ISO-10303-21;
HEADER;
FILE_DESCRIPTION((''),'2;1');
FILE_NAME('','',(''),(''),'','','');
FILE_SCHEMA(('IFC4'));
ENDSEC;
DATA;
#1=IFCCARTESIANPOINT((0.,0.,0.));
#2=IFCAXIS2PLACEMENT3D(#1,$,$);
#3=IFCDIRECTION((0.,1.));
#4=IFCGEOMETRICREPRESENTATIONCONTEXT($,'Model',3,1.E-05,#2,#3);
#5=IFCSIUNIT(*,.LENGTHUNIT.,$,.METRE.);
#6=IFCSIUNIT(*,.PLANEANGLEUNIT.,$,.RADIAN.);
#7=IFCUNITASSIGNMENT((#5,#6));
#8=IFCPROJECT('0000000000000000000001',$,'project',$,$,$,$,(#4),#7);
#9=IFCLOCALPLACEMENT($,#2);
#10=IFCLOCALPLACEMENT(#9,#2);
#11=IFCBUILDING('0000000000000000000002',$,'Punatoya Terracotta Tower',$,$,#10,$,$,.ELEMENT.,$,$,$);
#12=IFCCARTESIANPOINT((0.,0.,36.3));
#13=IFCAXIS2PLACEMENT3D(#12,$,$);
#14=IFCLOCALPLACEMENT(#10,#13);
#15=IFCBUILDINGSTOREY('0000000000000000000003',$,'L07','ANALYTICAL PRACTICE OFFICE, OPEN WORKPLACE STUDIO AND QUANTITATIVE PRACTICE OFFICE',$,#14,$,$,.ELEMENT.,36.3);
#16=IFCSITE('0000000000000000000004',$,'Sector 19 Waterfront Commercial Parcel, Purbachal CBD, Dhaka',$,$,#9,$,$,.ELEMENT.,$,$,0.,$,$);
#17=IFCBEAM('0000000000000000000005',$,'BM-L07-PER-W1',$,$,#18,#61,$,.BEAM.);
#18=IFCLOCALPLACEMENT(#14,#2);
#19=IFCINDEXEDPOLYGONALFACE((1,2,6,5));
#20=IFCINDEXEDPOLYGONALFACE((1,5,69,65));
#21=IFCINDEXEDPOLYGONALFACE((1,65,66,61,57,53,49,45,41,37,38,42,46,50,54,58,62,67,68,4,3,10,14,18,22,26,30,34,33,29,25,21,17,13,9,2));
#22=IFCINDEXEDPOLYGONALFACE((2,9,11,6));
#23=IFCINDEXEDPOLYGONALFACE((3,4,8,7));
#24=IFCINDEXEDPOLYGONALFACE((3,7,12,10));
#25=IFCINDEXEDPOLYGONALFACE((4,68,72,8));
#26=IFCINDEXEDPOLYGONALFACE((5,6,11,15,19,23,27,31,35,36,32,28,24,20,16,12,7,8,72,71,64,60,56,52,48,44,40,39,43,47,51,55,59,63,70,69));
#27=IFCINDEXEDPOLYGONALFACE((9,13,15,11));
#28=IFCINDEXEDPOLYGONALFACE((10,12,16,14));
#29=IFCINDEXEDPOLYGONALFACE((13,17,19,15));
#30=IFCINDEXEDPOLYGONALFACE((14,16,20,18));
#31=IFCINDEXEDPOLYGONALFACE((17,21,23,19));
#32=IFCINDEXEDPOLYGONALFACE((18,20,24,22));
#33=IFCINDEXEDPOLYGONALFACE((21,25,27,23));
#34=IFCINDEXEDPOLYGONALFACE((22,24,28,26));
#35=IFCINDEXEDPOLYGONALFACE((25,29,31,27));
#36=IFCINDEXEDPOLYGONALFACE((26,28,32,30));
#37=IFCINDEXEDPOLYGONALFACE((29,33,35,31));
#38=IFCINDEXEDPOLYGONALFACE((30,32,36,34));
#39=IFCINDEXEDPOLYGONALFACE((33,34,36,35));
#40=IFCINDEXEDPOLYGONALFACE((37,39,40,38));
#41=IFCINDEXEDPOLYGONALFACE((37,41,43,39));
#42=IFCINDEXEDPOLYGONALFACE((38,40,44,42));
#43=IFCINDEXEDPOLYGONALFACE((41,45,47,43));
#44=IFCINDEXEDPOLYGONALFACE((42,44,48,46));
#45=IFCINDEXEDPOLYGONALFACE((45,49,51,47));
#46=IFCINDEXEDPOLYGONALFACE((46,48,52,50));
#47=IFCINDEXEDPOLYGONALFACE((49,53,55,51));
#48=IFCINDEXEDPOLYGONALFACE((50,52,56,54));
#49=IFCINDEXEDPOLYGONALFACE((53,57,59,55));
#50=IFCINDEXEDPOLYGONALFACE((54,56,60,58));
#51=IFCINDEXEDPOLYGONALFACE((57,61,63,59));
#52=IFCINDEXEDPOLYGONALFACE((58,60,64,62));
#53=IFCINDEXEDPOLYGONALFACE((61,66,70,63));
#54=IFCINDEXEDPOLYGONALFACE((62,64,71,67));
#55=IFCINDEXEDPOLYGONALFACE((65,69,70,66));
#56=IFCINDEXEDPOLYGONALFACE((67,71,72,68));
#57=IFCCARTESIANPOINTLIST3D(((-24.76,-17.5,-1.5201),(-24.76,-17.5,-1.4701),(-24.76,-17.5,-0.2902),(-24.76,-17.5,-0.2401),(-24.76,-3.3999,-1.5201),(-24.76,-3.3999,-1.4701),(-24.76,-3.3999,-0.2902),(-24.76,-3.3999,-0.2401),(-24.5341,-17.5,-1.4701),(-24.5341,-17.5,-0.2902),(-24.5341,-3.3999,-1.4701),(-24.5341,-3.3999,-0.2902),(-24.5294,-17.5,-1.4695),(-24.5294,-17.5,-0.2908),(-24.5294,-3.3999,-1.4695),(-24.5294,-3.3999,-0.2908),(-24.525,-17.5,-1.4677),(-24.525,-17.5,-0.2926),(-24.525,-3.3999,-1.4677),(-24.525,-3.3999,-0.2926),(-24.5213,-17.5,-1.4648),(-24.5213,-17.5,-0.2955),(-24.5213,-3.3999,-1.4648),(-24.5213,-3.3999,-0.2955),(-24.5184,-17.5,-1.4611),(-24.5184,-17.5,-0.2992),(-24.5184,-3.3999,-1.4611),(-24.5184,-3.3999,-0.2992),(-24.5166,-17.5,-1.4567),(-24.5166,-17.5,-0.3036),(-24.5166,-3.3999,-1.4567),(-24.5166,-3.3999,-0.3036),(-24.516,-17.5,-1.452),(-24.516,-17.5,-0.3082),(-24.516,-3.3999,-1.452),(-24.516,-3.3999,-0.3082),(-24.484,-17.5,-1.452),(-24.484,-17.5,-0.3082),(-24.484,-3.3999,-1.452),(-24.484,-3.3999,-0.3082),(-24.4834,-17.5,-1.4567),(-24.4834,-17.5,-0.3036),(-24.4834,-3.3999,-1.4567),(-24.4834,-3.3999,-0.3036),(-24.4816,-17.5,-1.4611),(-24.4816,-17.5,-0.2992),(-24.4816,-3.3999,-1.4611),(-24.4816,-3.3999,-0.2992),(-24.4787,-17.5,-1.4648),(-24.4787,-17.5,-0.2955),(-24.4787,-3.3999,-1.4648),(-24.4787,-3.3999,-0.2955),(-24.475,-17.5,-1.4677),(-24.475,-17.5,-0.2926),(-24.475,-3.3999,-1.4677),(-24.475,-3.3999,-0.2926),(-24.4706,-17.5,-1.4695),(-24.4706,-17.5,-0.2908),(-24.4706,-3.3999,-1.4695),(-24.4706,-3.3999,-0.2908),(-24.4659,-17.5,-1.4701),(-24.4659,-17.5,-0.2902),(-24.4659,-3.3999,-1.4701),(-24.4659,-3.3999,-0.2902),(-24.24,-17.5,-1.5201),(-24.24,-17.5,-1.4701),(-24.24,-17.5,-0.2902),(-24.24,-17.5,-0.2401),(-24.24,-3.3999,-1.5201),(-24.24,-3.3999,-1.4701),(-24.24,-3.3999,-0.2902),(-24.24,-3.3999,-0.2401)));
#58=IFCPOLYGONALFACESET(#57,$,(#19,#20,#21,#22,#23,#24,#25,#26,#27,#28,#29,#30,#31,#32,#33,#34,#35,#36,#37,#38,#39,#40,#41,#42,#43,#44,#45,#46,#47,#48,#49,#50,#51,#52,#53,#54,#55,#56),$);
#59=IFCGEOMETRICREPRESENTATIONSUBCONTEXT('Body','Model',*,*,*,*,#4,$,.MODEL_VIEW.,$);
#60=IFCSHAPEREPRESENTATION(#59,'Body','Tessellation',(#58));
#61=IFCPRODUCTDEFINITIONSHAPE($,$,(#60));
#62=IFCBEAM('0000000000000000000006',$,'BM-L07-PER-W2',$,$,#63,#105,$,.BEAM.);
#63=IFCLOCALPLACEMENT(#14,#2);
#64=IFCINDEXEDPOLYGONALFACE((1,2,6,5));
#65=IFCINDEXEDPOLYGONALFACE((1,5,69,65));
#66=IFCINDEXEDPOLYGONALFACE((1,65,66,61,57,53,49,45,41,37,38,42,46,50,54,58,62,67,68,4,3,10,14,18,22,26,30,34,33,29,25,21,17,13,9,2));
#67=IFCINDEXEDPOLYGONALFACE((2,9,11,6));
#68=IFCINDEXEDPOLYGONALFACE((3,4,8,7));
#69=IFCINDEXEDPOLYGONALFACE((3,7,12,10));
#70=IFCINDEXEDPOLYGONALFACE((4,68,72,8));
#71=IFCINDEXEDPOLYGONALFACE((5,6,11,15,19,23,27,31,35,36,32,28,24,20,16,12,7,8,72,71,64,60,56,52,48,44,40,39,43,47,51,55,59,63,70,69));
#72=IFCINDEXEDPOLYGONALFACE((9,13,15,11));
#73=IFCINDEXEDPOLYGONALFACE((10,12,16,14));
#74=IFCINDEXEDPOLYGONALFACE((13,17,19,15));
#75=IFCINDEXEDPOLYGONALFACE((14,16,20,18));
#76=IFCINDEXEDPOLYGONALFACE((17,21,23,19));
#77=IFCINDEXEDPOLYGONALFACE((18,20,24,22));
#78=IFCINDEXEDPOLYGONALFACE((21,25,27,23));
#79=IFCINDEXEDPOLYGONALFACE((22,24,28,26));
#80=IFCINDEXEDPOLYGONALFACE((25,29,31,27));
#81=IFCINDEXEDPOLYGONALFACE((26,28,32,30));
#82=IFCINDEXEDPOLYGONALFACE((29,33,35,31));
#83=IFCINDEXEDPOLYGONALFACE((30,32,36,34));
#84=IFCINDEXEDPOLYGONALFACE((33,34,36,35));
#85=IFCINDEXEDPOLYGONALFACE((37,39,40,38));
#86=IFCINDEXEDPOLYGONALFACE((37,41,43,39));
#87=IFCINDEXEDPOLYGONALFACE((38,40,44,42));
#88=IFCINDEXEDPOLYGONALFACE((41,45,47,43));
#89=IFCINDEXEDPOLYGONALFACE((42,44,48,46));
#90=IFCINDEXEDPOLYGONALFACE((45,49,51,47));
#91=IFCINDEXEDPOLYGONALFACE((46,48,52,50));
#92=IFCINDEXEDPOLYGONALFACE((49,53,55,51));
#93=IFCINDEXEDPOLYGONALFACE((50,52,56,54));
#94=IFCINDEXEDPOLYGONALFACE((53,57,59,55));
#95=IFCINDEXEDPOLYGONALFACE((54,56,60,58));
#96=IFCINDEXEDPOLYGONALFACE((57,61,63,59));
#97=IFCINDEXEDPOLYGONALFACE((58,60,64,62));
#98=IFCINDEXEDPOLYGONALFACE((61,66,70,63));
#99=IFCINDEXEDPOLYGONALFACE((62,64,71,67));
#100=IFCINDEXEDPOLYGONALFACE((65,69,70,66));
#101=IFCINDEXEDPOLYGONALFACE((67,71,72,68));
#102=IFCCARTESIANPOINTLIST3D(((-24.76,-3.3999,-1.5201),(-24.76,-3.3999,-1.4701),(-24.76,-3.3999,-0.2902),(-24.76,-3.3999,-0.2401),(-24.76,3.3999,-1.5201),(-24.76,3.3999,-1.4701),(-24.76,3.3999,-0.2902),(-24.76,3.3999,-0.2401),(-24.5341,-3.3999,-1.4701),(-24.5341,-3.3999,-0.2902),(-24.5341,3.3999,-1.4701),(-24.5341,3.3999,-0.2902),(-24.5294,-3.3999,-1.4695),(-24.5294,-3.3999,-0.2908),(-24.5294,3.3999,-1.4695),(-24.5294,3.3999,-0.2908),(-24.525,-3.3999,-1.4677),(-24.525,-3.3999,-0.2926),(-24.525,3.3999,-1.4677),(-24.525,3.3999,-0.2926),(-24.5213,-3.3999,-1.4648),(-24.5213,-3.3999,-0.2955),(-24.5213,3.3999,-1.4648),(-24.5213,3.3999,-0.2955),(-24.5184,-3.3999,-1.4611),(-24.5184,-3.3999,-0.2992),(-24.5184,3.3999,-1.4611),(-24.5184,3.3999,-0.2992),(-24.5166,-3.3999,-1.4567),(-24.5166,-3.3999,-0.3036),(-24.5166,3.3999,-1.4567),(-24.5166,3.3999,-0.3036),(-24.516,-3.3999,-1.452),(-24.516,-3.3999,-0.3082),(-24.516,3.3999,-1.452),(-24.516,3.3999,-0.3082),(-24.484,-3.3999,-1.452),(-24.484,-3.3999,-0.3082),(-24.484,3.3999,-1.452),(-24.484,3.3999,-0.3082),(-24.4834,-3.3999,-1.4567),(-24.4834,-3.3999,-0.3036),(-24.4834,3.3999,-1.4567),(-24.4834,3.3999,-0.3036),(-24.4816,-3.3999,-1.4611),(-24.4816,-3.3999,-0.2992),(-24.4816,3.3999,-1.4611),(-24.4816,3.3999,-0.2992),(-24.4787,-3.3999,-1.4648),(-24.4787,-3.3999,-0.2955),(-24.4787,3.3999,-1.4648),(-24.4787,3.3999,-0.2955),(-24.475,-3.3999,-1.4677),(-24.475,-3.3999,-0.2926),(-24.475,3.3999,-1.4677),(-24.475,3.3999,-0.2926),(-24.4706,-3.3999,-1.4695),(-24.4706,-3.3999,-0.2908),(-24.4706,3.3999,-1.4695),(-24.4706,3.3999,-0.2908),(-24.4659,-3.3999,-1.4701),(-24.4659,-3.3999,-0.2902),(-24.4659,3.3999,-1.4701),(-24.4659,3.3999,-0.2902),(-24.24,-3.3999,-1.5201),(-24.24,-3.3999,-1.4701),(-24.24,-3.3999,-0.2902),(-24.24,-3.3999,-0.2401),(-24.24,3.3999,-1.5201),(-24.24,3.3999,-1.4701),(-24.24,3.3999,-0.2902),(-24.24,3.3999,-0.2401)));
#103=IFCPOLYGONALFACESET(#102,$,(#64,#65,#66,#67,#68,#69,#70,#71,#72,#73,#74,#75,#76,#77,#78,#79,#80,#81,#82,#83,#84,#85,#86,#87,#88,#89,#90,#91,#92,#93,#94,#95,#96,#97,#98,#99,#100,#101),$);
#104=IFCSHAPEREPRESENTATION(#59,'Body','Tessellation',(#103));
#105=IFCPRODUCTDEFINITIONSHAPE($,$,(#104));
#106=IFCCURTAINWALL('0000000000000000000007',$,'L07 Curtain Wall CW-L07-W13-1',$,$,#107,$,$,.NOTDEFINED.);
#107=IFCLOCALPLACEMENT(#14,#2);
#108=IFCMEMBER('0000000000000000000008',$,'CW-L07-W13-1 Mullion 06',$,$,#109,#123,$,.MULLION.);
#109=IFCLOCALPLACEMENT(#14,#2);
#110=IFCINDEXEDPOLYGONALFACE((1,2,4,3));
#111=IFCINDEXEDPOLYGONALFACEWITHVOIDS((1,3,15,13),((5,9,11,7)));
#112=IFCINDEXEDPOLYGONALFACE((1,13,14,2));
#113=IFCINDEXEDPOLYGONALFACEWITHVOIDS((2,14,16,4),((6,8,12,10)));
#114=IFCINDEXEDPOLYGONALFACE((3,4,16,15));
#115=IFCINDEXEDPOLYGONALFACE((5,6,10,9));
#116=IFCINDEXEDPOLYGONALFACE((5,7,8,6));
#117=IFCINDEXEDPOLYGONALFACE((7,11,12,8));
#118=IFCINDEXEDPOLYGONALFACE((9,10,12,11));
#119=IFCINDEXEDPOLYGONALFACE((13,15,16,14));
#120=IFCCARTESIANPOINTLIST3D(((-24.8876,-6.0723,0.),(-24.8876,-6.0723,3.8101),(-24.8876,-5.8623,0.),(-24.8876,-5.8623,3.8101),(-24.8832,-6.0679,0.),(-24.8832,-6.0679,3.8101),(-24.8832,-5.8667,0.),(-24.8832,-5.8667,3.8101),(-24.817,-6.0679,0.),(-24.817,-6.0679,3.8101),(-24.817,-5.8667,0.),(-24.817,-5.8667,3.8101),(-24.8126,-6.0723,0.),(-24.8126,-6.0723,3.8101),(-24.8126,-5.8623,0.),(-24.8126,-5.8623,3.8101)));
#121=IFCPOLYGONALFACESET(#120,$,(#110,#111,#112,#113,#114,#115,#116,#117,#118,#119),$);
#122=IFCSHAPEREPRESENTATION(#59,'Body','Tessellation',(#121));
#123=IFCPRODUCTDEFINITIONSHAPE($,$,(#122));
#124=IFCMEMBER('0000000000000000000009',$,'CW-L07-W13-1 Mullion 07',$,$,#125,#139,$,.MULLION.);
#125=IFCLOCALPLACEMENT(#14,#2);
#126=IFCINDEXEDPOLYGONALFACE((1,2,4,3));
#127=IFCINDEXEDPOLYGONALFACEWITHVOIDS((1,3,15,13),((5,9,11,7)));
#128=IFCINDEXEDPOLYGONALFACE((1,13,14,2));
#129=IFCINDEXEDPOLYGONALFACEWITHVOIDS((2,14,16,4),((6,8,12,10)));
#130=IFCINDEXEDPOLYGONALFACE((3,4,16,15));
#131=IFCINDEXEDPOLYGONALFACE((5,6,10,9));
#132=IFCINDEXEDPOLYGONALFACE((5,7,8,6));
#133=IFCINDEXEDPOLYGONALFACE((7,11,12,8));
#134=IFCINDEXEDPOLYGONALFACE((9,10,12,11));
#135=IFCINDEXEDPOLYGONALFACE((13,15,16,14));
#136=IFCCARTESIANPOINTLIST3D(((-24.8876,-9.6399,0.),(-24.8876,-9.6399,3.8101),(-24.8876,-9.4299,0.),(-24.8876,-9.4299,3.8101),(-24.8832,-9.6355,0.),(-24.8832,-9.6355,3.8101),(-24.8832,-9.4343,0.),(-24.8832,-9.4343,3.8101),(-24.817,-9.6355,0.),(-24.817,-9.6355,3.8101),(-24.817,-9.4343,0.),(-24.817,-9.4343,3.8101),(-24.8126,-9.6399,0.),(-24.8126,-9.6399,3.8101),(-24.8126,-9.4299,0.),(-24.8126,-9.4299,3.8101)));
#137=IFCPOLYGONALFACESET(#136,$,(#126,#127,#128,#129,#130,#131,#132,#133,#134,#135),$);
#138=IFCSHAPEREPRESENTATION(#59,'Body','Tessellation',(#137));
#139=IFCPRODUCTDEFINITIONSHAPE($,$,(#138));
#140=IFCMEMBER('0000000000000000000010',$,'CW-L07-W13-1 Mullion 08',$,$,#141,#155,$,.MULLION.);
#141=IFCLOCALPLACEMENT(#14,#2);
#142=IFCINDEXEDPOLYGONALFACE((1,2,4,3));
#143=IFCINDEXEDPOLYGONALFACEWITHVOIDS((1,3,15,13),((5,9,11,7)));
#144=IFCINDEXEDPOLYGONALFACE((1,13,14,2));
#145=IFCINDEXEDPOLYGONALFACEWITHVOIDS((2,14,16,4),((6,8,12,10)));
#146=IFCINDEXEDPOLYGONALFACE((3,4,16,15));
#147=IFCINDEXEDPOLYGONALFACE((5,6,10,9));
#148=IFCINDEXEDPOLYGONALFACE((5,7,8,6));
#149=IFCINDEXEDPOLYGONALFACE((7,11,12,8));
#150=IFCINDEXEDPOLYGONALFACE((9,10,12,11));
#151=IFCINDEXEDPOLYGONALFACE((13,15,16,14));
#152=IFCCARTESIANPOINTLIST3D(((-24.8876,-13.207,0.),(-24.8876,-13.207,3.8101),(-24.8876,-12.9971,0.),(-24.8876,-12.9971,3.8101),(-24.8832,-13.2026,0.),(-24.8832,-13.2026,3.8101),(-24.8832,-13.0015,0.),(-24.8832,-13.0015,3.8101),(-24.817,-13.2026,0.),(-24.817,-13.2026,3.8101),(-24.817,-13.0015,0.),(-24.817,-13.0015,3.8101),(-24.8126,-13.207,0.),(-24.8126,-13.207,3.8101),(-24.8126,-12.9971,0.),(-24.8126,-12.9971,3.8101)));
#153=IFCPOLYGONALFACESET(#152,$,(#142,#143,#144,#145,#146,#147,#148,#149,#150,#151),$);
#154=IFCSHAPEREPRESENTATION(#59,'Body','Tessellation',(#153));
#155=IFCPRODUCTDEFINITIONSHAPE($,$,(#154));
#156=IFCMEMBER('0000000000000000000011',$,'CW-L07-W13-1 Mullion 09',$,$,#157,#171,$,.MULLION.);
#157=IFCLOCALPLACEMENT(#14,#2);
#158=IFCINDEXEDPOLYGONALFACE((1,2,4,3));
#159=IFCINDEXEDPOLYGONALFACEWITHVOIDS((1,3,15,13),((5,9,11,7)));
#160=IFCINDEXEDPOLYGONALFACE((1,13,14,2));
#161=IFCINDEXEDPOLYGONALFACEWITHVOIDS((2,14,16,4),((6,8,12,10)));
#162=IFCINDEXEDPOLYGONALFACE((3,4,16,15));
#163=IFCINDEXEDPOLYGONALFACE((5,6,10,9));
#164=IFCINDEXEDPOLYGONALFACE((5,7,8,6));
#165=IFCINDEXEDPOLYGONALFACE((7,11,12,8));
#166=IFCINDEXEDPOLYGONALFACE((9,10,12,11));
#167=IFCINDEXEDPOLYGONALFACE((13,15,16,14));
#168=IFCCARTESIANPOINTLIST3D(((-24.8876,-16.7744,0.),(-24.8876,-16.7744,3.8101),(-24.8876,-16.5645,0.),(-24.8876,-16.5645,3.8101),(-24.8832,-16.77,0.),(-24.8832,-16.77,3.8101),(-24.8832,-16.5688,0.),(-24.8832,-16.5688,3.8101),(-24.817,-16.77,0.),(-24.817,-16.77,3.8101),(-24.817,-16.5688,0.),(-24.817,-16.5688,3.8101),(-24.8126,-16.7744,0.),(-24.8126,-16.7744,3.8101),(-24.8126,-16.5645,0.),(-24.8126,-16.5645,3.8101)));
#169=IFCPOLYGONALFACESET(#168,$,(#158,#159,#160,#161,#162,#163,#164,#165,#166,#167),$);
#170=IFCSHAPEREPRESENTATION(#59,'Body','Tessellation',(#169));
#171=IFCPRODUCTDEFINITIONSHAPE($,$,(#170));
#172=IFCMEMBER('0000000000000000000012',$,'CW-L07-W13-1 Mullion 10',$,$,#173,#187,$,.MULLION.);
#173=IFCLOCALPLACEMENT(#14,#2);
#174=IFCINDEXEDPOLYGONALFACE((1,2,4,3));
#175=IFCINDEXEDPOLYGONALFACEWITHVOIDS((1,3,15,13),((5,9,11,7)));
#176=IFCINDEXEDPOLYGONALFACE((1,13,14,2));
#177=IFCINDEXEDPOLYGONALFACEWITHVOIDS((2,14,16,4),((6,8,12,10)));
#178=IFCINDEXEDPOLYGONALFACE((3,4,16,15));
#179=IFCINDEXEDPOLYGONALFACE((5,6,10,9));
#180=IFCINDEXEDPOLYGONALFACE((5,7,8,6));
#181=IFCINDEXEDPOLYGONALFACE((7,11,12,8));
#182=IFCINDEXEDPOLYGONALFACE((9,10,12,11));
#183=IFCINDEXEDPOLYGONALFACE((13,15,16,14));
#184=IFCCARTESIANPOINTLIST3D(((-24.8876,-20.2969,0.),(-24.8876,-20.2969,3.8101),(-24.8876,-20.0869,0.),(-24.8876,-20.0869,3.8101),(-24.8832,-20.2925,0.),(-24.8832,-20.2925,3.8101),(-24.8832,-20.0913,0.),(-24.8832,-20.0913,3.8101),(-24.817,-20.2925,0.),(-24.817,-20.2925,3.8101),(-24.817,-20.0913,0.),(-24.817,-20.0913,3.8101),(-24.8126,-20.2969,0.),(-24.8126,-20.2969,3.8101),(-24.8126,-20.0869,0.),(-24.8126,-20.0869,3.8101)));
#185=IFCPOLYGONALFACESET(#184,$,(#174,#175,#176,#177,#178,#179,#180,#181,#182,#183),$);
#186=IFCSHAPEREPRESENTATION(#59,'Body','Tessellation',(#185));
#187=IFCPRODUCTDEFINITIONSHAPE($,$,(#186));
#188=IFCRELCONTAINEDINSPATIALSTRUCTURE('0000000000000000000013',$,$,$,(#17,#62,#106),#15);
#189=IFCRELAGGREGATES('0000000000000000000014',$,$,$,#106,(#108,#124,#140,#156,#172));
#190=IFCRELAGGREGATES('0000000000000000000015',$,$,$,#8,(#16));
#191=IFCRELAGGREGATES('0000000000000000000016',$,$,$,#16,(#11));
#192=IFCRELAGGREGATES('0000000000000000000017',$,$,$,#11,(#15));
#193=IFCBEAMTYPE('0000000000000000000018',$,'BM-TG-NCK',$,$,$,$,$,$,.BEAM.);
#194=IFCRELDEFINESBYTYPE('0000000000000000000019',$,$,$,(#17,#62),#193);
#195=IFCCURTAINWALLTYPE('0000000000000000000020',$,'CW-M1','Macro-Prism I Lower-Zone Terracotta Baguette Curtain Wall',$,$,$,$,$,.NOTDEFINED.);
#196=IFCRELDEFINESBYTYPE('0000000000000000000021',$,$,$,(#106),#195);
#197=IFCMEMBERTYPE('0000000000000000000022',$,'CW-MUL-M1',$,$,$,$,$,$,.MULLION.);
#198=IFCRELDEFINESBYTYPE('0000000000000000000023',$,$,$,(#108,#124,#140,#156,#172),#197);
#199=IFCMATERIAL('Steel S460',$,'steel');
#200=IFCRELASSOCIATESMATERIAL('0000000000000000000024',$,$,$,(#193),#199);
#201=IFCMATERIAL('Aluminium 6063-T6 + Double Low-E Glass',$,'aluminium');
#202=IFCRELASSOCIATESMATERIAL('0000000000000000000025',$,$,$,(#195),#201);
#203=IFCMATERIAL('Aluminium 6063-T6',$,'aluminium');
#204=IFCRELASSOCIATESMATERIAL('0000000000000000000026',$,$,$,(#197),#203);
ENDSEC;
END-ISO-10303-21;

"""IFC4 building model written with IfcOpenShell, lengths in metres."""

from ifc_helpers import new_model, si_unit, direction, frame, origin, origin_2d, place, context, subcontext, project, spatial, hollow_rectangle, i_section, extrude, material, material_profile, profile_set, type_object, element, aggregate, save


model = new_model("IFC4")

# Units and contexts
model_context = context("Model", 3, precision=1e-05, world=origin(), true_north=direction((0.0, 1.0)))
body_context = subcontext(model_context, "Body", "Model", "MODEL_VIEW")
ifc_project = project(units=[si_unit("LENGTHUNIT", "METRE"), si_unit("PLANEANGLEUNIT", "RADIAN")], contexts=[model_context])

# Site, building, storey
site_placement = place(None, origin())
site = spatial("IfcSite", under=ifc_project, at=site_placement, Name="Sector 19 Waterfront Commercial Parcel, Purbachal CBD, Dhaka", CompositionType="ELEMENT", RefElevation=0.0)
building_placement = place(site_placement, origin())
building = spatial("IfcBuilding", under=site, at=building_placement, Name="Punatoya Terracotta Tower", CompositionType="ELEMENT")
storey_placement = place(building_placement, frame((0.0, 0.0, 36.3)))
storey = spatial("IfcBuildingStorey", under=building, at=storey_placement, Name="L07", Description="ANALYTICAL PRACTICE OFFICE, OPEN WORKPLACE STUDIO AND QUANTITATIVE PRACTICE OFFICE", CompositionType="ELEMENT", Elevation=36.3)

# Shared definitions
ifc_material_1 = material(Name="Steel S460", Category="steel")

# Beams
ifc_material_profile_1 = material_profile(ifc_material_1, i_section(OverallWidth=0.52, OverallDepth=1.28, WebThickness=0.032, FlangeThickness=0.05, FilletRadius=0.0181, at=origin_2d()))
ifc_profile_set_1 = profile_set([ifc_material_profile_1], Name="Steel S460")
beam_type_1 = type_object("IfcBeamType", Name="BM-TG-NCK", PredefinedType="BEAM", material=ifc_profile_set_1)
beam_1_placement = place(storey_placement, frame((-24.5, -17.5, -0.8801), z_axis=(0.0, 1.0, 0.0), x_axis=(-1.0, 0.0, 0.0)))
element("IfcBeam", 1, at=beam_1_placement, inside=storey, type_object=beam_type_1, Name="BM-L07-PER-W1", PredefinedType="BEAM", context=body_context, shape_type="SweptSolid", body=[
    extrude(i_section(OverallWidth=0.52, OverallDepth=1.28, WebThickness=0.032, FlangeThickness=0.05, FilletRadius=0.0181, at=origin_2d()), origin(), (0.0, 0.0, 1.0), 14.1001),
])
beam_2_placement = place(storey_placement, frame((-24.5, -3.3999, -0.8801), z_axis=(0.0, 1.0, 0.0), x_axis=(-1.0, 0.0, 0.0)))
element("IfcBeam", 2, at=beam_2_placement, inside=storey, type_object=beam_type_1, Name="BM-L07-PER-W2", PredefinedType="BEAM", context=body_context, shape_type="SweptSolid", body=[
    extrude(i_section(OverallWidth=0.52, OverallDepth=1.28, WebThickness=0.032, FlangeThickness=0.05, FilletRadius=0.0181, at=origin_2d()), origin(), (0.0, 0.0, 1.0), 6.7998),
])

# Curtain wall, members
ifc_material_2 = material(Name="Aluminium 6063-T6 + Double Low-E Glass", Category="aluminium")
curtain_wall_type = type_object("IfcCurtainWallType", Name="CW-M1", Description="Macro-Prism I Lower-Zone Terracotta Baguette Curtain Wall", PredefinedType="NOTDEFINED", material=ifc_material_2)
curtain_wall_1_placement = place(storey_placement, origin())
curtain_wall_1 = element("IfcCurtainWall", 3, at=curtain_wall_1_placement, inside=storey, type_object=curtain_wall_type, Name="L07 Curtain Wall CW-L07-W13-1", PredefinedType="NOTDEFINED")
ifc_material_3 = material(Name="Aluminium 6063-T6", Category="aluminium")
ifc_material_profile_2 = material_profile(ifc_material_3, hollow_rectangle(XDim=0.075, YDim=0.21, WallThickness=0.0044, at=origin_2d()))
ifc_profile_set_2 = profile_set([ifc_material_profile_2], Name="Aluminium 6063-T6")
member_type_1 = type_object("IfcMemberType", Name="CW-MUL-M1", PredefinedType="MULLION", material=ifc_profile_set_2)
member_1_placement = place(storey_placement, frame((-24.8501, -5.9673, 0.0), z_axis=(0.0, 0.0, 1.0), x_axis=(1.0, 0.0, 0.0)))
member_1 = element("IfcMember", 4, at=member_1_placement, type_object=member_type_1, Name="CW-L07-W13-1 Mullion 06", PredefinedType="MULLION", context=body_context, shape_type="SweptSolid", body=[
    extrude(hollow_rectangle(XDim=0.075, YDim=0.21, WallThickness=0.0044, at=origin_2d()), origin(), (0.0, 0.0, 1.0), 3.8101),
])
member_2_placement = place(storey_placement, frame((-24.8501, -9.5349, 0.0), z_axis=(0.0, 0.0, 1.0), x_axis=(1.0, 0.0, 0.0)))
member_2 = element("IfcMember", 5, at=member_2_placement, type_object=member_type_1, Name="CW-L07-W13-1 Mullion 07", PredefinedType="MULLION", context=body_context, shape_type="SweptSolid", body=[
    extrude(hollow_rectangle(XDim=0.075, YDim=0.21, WallThickness=0.0044, at=origin_2d()), origin(), (0.0, 0.0, 1.0), 3.8101),
])
member_3_placement = place(storey_placement, frame((-24.8501, -13.1021, 0.0), z_axis=(0.0, 0.0, 1.0), x_axis=(1.0, 0.0, 0.0)))
member_3 = element("IfcMember", 6, at=member_3_placement, type_object=member_type_1, Name="CW-L07-W13-1 Mullion 08", PredefinedType="MULLION", context=body_context, shape_type="SweptSolid", body=[
    extrude(hollow_rectangle(XDim=0.075, YDim=0.21, WallThickness=0.0044, at=origin_2d()), origin(), (0.0, 0.0, 1.0), 3.8101),
])
member_4_placement = place(storey_placement, frame((-24.8501, -16.6694, 0.0), z_axis=(0.0, 0.0, 1.0), x_axis=(1.0, 0.0, 0.0)))
member_4 = element("IfcMember", 7, at=member_4_placement, type_object=member_type_1, Name="CW-L07-W13-1 Mullion 09", PredefinedType="MULLION", context=body_context, shape_type="SweptSolid", body=[
    extrude(hollow_rectangle(XDim=0.075, YDim=0.21, WallThickness=0.0044, at=origin_2d()), origin(), (0.0, 0.0, 1.0), 3.8101),
])
member_5_placement = place(storey_placement, frame((-24.8501, -20.1919, 0.0), z_axis=(0.0, 0.0, 1.0), x_axis=(1.0, 0.0, 0.0)))
member_5 = element("IfcMember", 8, at=member_5_placement, type_object=member_type_1, Name="CW-L07-W13-1 Mullion 10", PredefinedType="MULLION", context=body_context, shape_type="SweptSolid", body=[
    extrude(hollow_rectangle(XDim=0.075, YDim=0.21, WallThickness=0.0044, at=origin_2d()), origin(), (0.0, 0.0, 1.0), 3.8101),
])

aggregate(curtain_wall_1, [member_1, member_2, member_3, member_4, member_5])

save(model, "model.ifc")
